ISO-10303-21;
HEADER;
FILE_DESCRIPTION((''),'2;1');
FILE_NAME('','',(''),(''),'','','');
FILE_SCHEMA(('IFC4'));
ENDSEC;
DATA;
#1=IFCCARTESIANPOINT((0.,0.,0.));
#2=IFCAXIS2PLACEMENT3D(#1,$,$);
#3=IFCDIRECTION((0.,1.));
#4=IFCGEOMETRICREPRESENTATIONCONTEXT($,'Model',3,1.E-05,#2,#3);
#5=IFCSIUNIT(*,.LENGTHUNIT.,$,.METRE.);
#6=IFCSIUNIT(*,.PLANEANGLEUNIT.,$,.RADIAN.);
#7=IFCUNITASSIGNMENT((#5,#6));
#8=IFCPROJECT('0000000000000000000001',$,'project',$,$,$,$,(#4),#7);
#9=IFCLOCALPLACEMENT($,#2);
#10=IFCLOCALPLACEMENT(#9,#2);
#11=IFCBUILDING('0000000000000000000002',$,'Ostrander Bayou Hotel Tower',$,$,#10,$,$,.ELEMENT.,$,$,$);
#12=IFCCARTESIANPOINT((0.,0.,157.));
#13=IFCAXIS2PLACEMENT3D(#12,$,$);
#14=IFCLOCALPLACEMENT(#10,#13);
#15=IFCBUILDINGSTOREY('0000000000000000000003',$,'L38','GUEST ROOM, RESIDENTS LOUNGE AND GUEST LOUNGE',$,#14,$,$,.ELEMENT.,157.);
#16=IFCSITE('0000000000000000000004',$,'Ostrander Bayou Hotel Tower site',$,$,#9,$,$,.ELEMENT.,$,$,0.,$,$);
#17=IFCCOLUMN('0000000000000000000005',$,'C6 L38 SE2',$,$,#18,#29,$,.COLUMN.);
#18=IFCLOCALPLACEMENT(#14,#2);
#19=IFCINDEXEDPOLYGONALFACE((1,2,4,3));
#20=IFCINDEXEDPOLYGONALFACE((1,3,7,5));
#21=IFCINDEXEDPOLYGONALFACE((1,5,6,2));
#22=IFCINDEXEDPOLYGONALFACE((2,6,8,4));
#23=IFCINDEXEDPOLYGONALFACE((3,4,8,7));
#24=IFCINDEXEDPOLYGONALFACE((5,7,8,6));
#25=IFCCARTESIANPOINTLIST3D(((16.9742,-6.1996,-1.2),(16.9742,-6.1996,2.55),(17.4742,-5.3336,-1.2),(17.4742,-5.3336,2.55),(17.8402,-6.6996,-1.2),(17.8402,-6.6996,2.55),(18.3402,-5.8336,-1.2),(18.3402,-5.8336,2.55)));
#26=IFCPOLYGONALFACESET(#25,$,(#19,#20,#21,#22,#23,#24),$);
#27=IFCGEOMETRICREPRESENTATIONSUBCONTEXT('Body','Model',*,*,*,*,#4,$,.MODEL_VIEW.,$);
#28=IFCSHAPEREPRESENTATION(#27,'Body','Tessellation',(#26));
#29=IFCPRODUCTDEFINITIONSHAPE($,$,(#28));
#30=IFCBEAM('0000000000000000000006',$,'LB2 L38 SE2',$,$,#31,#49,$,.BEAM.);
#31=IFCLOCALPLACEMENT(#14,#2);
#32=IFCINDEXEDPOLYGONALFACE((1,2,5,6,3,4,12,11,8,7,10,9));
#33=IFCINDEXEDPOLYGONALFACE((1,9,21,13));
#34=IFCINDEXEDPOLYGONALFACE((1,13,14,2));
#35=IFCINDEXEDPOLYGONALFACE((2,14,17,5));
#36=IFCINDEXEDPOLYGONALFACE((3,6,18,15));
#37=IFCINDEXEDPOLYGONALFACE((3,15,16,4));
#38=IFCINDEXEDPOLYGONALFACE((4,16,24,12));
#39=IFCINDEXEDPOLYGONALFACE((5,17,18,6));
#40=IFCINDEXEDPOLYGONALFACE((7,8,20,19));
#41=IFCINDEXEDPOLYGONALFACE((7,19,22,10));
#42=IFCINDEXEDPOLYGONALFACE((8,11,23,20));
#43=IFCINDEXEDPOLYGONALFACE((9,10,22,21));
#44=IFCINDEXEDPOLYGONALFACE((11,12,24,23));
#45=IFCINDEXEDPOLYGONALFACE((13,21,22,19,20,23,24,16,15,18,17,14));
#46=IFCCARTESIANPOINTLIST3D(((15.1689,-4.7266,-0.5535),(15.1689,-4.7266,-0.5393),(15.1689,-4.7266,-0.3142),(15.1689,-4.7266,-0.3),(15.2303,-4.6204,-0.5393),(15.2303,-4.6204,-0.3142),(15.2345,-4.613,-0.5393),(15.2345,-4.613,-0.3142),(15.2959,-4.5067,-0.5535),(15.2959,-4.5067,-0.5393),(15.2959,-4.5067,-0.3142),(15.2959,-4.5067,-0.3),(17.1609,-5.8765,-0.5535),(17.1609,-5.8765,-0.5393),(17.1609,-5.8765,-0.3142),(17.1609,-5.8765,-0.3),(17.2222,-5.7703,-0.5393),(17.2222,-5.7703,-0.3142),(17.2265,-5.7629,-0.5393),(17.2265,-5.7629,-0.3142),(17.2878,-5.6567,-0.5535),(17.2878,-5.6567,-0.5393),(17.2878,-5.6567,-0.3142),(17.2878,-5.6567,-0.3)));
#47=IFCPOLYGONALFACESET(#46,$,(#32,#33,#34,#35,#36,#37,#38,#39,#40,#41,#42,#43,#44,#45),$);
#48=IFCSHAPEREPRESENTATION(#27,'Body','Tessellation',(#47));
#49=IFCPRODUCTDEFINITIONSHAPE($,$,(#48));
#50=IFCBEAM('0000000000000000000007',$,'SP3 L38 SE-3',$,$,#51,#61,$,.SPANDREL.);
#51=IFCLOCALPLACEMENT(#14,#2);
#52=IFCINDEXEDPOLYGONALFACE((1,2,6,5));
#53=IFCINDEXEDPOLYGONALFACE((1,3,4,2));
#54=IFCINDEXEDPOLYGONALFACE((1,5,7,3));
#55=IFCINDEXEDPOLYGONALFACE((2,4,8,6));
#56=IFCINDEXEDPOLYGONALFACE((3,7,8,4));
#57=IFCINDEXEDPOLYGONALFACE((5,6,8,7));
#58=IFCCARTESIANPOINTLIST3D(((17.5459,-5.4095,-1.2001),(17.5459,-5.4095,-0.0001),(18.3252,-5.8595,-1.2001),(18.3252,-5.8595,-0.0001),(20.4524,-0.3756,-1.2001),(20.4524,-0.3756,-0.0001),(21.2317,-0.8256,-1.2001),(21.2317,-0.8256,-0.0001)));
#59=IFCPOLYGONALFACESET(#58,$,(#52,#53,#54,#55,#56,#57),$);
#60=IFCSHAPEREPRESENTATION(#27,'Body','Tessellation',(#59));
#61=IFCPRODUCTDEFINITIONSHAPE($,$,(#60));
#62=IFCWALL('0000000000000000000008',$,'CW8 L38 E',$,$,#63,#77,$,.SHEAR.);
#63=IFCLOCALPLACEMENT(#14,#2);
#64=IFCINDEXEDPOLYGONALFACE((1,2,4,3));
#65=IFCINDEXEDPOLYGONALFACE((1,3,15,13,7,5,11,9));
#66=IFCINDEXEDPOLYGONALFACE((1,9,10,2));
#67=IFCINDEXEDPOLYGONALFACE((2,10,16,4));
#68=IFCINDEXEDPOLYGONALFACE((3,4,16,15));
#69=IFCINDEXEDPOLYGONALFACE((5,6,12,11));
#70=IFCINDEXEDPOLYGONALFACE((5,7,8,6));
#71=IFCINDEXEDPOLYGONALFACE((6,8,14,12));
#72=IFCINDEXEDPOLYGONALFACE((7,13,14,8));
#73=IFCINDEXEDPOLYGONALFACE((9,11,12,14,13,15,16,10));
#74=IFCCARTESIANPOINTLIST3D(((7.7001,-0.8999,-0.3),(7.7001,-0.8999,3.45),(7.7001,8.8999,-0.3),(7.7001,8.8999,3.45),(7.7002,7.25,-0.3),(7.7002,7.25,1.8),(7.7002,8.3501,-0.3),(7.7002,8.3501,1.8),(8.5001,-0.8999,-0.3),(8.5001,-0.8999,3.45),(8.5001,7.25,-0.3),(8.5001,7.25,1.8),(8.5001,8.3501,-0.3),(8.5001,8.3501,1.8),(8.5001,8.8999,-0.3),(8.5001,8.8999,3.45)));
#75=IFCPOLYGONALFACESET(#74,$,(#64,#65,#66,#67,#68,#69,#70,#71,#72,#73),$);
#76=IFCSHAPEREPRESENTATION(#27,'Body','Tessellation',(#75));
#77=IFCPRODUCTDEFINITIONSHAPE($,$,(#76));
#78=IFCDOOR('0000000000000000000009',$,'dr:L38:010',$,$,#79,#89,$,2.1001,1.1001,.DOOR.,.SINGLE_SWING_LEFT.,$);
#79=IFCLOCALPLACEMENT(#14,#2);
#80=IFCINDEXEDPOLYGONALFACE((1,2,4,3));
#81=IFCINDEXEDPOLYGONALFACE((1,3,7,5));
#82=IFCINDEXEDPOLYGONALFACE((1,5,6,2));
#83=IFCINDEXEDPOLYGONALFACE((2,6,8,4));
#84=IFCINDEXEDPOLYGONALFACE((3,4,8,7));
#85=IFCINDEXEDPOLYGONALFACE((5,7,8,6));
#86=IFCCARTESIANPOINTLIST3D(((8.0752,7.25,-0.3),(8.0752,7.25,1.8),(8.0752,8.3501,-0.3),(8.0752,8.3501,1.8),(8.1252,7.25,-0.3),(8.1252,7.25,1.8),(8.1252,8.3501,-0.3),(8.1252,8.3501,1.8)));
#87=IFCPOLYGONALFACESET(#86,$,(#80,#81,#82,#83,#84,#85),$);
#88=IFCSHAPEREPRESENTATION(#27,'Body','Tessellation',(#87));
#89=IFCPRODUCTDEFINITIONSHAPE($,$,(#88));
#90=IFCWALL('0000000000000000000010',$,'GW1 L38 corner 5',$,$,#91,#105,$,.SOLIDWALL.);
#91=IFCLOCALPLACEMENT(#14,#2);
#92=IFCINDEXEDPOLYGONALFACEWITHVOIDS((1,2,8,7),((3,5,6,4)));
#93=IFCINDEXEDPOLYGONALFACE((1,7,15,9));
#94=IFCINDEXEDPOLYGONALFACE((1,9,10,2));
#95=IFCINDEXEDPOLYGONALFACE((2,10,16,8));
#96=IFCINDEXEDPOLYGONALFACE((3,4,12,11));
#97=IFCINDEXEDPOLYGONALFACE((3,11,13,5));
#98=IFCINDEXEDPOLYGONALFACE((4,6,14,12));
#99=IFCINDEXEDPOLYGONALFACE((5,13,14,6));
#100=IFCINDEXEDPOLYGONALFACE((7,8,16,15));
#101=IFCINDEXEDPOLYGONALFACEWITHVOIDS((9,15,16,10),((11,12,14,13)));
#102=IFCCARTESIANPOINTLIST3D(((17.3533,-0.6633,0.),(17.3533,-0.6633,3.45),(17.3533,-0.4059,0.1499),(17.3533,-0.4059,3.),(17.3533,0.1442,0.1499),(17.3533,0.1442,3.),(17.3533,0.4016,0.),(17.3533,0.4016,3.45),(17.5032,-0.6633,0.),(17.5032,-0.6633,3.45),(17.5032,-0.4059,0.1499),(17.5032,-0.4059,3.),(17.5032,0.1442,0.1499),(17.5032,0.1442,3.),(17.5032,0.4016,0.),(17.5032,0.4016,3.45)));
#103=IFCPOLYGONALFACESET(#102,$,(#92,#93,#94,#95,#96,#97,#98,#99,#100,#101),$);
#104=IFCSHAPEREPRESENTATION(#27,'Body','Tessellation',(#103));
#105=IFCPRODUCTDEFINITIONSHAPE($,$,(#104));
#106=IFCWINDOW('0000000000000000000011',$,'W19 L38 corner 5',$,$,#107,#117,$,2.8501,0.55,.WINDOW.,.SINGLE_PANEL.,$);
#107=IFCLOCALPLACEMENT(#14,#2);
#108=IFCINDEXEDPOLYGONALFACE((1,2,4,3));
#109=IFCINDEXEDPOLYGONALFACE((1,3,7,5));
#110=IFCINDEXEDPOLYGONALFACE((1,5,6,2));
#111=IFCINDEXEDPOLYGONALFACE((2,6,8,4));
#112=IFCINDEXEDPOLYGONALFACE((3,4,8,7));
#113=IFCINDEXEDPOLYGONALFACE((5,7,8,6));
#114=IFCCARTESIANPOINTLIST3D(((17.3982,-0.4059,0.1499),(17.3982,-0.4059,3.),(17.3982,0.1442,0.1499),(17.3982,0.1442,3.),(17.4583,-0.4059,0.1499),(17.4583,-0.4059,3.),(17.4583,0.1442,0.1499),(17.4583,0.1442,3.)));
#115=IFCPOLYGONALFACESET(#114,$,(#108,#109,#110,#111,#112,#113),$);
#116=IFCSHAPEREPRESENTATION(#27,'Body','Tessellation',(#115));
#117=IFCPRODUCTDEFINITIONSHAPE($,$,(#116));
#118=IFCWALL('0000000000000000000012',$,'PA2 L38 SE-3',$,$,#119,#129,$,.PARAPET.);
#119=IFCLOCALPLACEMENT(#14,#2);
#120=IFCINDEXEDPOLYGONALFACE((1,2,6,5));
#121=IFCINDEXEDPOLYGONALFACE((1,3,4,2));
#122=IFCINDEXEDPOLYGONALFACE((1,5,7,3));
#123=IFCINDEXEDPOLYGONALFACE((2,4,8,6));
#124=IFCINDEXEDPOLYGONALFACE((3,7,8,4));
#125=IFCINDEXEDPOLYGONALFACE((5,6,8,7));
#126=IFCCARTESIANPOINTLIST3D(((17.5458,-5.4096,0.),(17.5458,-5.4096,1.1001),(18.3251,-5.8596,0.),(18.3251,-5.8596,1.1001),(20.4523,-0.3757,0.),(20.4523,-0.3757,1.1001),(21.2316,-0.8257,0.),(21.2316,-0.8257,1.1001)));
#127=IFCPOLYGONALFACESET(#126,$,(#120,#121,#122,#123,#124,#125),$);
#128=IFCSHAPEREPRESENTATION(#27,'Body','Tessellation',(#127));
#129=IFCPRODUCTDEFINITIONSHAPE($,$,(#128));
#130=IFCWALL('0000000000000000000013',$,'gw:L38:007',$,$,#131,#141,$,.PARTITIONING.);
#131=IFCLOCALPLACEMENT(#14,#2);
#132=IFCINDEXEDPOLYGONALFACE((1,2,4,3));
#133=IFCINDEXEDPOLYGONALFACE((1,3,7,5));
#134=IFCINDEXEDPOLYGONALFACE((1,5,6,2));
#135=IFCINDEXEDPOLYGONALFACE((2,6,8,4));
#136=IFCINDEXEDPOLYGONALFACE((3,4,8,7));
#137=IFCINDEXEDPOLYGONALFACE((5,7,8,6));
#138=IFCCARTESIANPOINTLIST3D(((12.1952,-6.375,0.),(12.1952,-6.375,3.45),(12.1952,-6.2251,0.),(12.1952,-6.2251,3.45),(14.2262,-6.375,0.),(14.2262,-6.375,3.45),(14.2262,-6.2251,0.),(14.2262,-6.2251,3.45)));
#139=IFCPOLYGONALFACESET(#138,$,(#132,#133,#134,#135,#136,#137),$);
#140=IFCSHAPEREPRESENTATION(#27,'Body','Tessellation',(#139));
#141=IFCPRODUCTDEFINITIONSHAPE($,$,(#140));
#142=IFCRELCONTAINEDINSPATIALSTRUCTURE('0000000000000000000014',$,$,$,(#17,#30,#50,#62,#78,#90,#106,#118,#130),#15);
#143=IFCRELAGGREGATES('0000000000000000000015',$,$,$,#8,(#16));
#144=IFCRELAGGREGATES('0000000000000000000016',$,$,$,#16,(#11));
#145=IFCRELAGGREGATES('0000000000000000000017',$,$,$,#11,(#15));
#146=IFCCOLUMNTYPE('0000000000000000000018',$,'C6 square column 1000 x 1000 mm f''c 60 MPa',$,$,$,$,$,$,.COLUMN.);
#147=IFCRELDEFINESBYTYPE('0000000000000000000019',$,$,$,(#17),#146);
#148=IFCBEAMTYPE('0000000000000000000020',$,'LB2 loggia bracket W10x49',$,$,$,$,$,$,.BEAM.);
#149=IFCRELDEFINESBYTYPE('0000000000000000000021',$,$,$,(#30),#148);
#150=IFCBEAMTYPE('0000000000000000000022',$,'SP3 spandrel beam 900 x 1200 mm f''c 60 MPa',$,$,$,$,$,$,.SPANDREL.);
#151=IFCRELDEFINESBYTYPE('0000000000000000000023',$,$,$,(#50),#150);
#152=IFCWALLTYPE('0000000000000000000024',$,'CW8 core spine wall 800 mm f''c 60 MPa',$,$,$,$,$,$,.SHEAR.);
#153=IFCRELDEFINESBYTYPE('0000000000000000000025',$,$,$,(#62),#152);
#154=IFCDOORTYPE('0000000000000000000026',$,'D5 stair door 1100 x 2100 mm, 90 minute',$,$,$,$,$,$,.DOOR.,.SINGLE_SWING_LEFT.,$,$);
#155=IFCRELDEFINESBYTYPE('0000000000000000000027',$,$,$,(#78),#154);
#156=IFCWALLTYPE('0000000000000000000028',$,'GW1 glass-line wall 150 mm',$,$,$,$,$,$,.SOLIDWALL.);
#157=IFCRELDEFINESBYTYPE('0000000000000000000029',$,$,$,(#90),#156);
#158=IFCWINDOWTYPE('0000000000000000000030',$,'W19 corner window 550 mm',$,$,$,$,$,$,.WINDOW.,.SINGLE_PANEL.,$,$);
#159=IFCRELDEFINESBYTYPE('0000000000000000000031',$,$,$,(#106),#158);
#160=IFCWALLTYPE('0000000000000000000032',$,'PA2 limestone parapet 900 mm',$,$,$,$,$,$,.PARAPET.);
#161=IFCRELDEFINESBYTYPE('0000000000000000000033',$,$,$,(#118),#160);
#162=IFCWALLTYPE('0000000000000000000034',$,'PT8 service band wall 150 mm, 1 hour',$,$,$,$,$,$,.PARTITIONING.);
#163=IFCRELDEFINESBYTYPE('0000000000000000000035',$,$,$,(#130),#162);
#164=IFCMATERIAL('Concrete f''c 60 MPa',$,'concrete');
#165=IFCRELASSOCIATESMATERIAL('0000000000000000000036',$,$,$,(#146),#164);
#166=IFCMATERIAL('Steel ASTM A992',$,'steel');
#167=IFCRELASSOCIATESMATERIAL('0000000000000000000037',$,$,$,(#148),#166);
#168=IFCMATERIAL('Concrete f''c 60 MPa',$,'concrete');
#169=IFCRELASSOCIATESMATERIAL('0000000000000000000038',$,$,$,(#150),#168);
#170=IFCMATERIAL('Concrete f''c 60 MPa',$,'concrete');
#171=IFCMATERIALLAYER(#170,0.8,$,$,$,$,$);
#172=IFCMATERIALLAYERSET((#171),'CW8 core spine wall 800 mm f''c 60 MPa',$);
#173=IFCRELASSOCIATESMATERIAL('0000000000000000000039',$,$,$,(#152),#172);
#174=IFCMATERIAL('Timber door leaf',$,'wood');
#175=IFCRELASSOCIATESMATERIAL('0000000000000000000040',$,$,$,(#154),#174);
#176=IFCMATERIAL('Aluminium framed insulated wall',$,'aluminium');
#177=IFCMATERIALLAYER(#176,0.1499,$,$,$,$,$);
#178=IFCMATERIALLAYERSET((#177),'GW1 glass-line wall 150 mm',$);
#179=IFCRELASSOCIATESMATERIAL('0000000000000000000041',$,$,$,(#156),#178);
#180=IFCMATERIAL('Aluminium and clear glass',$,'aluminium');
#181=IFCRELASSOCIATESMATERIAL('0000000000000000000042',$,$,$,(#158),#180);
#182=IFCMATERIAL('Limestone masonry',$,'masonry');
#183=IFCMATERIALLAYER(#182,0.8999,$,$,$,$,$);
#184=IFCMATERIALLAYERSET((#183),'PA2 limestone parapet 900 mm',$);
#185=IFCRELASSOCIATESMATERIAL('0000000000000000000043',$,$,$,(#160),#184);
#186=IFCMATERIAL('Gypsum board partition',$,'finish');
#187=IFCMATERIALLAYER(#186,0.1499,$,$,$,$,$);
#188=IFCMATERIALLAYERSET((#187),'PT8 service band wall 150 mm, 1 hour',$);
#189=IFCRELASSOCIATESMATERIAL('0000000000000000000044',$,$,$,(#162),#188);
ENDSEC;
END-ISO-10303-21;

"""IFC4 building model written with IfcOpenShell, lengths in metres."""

from ifc_helpers import new_model, si_unit, direction, frame, frame_2d, origin, origin_2d, place, context, subcontext, project, spatial, rectangle, i_section, extrude, material, layer, layer_set, material_profile, profile_set, type_object, element, fill, save


model = new_model("IFC4")

# Units and contexts
model_context = context("Model", 3, precision=1e-05, world=origin(), true_north=direction((0.0, 1.0)))
body_context = subcontext(model_context, "Body", "Model", "MODEL_VIEW")
ifc_project = project(units=[si_unit("LENGTHUNIT", "METRE"), si_unit("PLANEANGLEUNIT", "RADIAN")], contexts=[model_context])

# Site, building, storey
site_placement = place(None, origin())
site = spatial("IfcSite", under=ifc_project, at=site_placement, Name="Ostrander Bayou Hotel Tower site", CompositionType="ELEMENT", RefElevation=0.0)
building_placement = place(site_placement, origin())
building = spatial("IfcBuilding", under=site, at=building_placement, Name="Ostrander Bayou Hotel Tower", CompositionType="ELEMENT")
storey_placement = place(building_placement, frame((0.0, 0.0, 157.0)))
storey = spatial("IfcBuildingStorey", under=building, at=storey_placement, Name="L38", Description="GUEST ROOM, RESIDENTS LOUNGE AND GUEST LOUNGE", CompositionType="ELEMENT", Elevation=157.0)

# Column
ifc_material_1 = material(Name="Concrete f'c 60 MPa", Category="concrete")
ifc_material_profile_1 = material_profile(ifc_material_1, rectangle(XDim=1.0, YDim=1.0, at=origin_2d()))
ifc_profile_set_1 = profile_set([ifc_material_profile_1], Name="Concrete f'c 60 MPa")
column_type = type_object("IfcColumnType", Name="C6 square column 1000 x 1000 mm f'c 60 MPa", PredefinedType="COLUMN", material=ifc_profile_set_1)
column_placement = place(storey_placement, frame((17.6572, -6.0166, -1.2), z_axis=(0.0, 0.0, 1.0), x_axis=(-0.5, -0.866025, 0.0)))
element("IfcColumn", 1, at=column_placement, inside=storey, type_object=column_type, Name="C6 L38 SE2", PredefinedType="COLUMN", context=body_context, shape_type="SweptSolid", body=[
    extrude(rectangle(XDim=1.0, YDim=1.0, at=origin_2d()), origin(), (0.0, 0.0, 1.0), 3.75),
])

# Beams
ifc_material_2 = material(Name="Steel ASTM A992", Category="steel")
ifc_material_profile_2 = material_profile(ifc_material_2, i_section(OverallWidth=0.2539, OverallDepth=0.2534, WebThickness=0.0085, FlangeThickness=0.0142, at=origin_2d()))
ifc_profile_set_2 = profile_set([ifc_material_profile_2], Name="Steel ASTM A992")
beam_type_1 = type_object("IfcBeamType", Name="LB2 loggia bracket W10x49", PredefinedType="BEAM", material=ifc_profile_set_2)
beam_1_placement = place(storey_placement, frame((17.2244, -5.7666, -0.4268), z_axis=(-0.866053, 0.499952, 0.0), x_axis=(-0.499952, -0.866053, 0.0)))
element("IfcBeam", 2, at=beam_1_placement, inside=storey, type_object=beam_type_1, Name="LB2 L38 SE2", PredefinedType="BEAM", context=body_context, shape_type="SweptSolid", body=[
    extrude(i_section(OverallWidth=0.2539, OverallDepth=0.2534, WebThickness=0.0085, FlangeThickness=0.0142, at=origin_2d()), origin(), (0.0, 0.0, 1.0), 2.3),
])
ifc_material_3 = material(Name="Concrete f'c 60 MPa", Category="concrete")
ifc_material_profile_3 = material_profile(ifc_material_3, rectangle(XDim=0.8999, YDim=1.2, at=origin_2d()))
ifc_profile_set_3 = profile_set([ifc_material_profile_3], Name="Concrete f'c 60 MPa")
beam_type_2 = type_object("IfcBeamType", Name="SP3 spandrel beam 900 x 1200 mm f'c 60 MPa", PredefinedType="SPANDREL", material=ifc_profile_set_3)
beam_2_placement = place(storey_placement, frame((17.9355, -5.6345, -0.6001), z_axis=(0.500019, 0.866014, 0.0), x_axis=(-0.866014, 0.500019, 0.0)))
element("IfcBeam", 3, at=beam_2_placement, inside=storey, type_object=beam_type_2, Name="SP3 L38 SE-3", PredefinedType="SPANDREL", context=body_context, shape_type="SweptSolid", body=[
    extrude(rectangle(XDim=0.8999, YDim=1.2, at=origin_2d()), origin(), (0.0, 0.0, 1.0), 5.8127),
])

# Wall, opening, door
ifc_material_4 = material(Name="Concrete f'c 60 MPa", Category="concrete")
ifc_layer_1 = layer(ifc_material_4, 0.8)
ifc_layer_set_1 = layer_set([ifc_layer_1], Name="CW8 core spine wall 800 mm f'c 60 MPa")
wall_type_1 = type_object("IfcWallType", Name="CW8 core spine wall 800 mm f'c 60 MPa", PredefinedType="SHEAR", material=ifc_layer_set_1)
wall_1_placement = place(storey_placement, frame((8.1001, -0.8999, -0.3), z_axis=(0.0, 0.0, 1.0), x_axis=(0.0, 1.0, 0.0)))
wall_1 = element("IfcWall", 4, at=wall_1_placement, inside=storey, type_object=wall_type_1, Name="CW8 L38 E", PredefinedType="SHEAR", context=body_context, shape_type="SweptSolid", body=[
    extrude(rectangle(XDim=9.7998, YDim=0.8, at=frame_2d((4.8999, 0.0))), origin(), (0.0, 0.0, 1.0), 3.75),
])
opening_1_placement = place(wall_1_placement, frame((8.1499, 0.0, 0.0)))
opening_1 = element("IfcOpeningElement", 5, at=opening_1_placement, cuts=wall_1, PredefinedType="OPENING", context=body_context, shape_type="SweptSolid", body=[
    extrude(rectangle(XDim=1.1001, YDim=2.1001, at=frame_2d((0.55, 1.05))), frame((0.0, 0.3999, 0.0), z_axis=(0.0, -1.0, 0.0), x_axis=(1.0, 0.0, 0.0)), (0.0, 0.0, 1.0), 0.8),
])
ifc_material_5 = material(Name="Timber door leaf", Category="wood")
door_type_1 = type_object("IfcDoorType", Name="D5 stair door 1100 x 2100 mm, 90 minute", OperationType="SINGLE_SWING_LEFT", PredefinedType="DOOR", material=ifc_material_5)
door_1_placement = place(opening_1_placement, origin())
door_1 = element("IfcDoor", 6, at=door_1_placement, inside=storey, type_object=door_type_1, Name="dr:L38:010", OperationType="SINGLE_SWING_LEFT", OverallHeight=2.1001, OverallWidth=1.1001, PredefinedType="DOOR", context=body_context, shape_type="SweptSolid", body=[
    extrude(rectangle(XDim=1.1001, YDim=2.1001, at=frame_2d((0.55, 1.05))), frame((0.0, 0.0249, 0.0), z_axis=(0.0, -1.0, 0.0), x_axis=(1.0, 0.0, 0.0)), (0.0, 0.0, 1.0), 0.05),
])
fill(opening_1, door_1)

# Wall, opening, window
ifc_material_6 = material(Name="Aluminium framed insulated wall", Category="aluminium")
ifc_layer_2 = layer(ifc_material_6, 0.1499)
ifc_layer_set_2 = layer_set([ifc_layer_2], Name="GW1 glass-line wall 150 mm")
wall_type_2 = type_object("IfcWallType", Name="GW1 glass-line wall 150 mm", PredefinedType="SOLIDWALL", material=ifc_layer_set_2)
wall_2_placement = place(storey_placement, frame((17.4282, -0.6633, 0.0), z_axis=(0.0, 0.0, 1.0), x_axis=(0.0, 1.0, 0.0)))
wall_2 = element("IfcWall", 7, at=wall_2_placement, inside=storey, type_object=wall_type_2, Name="GW1 L38 corner 5", PredefinedType="SOLIDWALL", context=body_context, shape_type="SweptSolid", body=[
    extrude(rectangle(XDim=1.0649, YDim=0.1499, at=frame_2d((0.5325, 0.0))), origin(), (0.0, 0.0, 1.0), 3.45),
])
opening_2_placement = place(wall_2_placement, frame((0.2576, 0.0, 0.1499)))
opening_2 = element("IfcOpeningElement", 8, at=opening_2_placement, cuts=wall_2, PredefinedType="OPENING", context=body_context, shape_type="SweptSolid", body=[
    extrude(rectangle(XDim=0.55, YDim=2.8501, at=frame_2d((0.2749, 1.425))), frame((0.0, 0.075, 0.0), z_axis=(0.0, -1.0, 0.0), x_axis=(1.0, 0.0, 0.0)), (0.0, 0.0, 1.0), 0.1499),
])
ifc_material_7 = material(Name="Aluminium and clear glass", Category="aluminium")
window_type = type_object("IfcWindowType", Name="W19 corner window 550 mm", PartitioningType="SINGLE_PANEL", PredefinedType="WINDOW", material=ifc_material_7)
window_placement = place(opening_2_placement, origin())
window = element("IfcWindow", 9, at=window_placement, inside=storey, type_object=window_type, Name="W19 L38 corner 5", OverallHeight=2.8501, OverallWidth=0.55, PartitioningType="SINGLE_PANEL", PredefinedType="WINDOW", context=body_context, shape_type="SweptSolid", body=[
    extrude(rectangle(XDim=0.55, YDim=2.8501, at=frame_2d((0.2749, 1.425))), frame((0.0, 0.03, 0.0), z_axis=(0.0, -1.0, 0.0), x_axis=(1.0, 0.0, 0.0)), (0.0, 0.0, 1.0), 0.0601),
])
fill(opening_2, window)

# Walls
ifc_material_8 = material(Name="Limestone masonry", Category="masonry")
ifc_layer_3 = layer(ifc_material_8, 0.8999)
ifc_layer_set_3 = layer_set([ifc_layer_3], Name="PA2 limestone parapet 900 mm")
wall_type_3 = type_object("IfcWallType", Name="PA2 limestone parapet 900 mm", PredefinedType="PARAPET", material=ifc_layer_set_3)
wall_3_placement = place(storey_placement, frame((17.9355, -5.6345, 0.0), z_axis=(0.0, 0.0, 1.0), x_axis=(0.500019, 0.866014, 0.0)))
element("IfcWall", 10, at=wall_3_placement, inside=storey, type_object=wall_type_3, Name="PA2 L38 SE-3", PredefinedType="PARAPET", context=body_context, shape_type="SweptSolid", body=[
    extrude(rectangle(XDim=5.8127, YDim=0.8999, at=frame_2d((2.9062, 0.0))), origin(), (0.0, 0.0, 1.0), 1.1001),
])
ifc_material_9 = material(Name="Gypsum board partition", Category="finish")
ifc_layer_4 = layer(ifc_material_9, 0.1499)
ifc_layer_set_4 = layer_set([ifc_layer_4], Name="PT8 service band wall 150 mm, 1 hour")
wall_type_4 = type_object("IfcWallType", Name="PT8 service band wall 150 mm, 1 hour", PredefinedType="PARTITIONING", material=ifc_layer_set_4)
wall_4_placement = place(storey_placement, frame((12.1951, -6.3, 0.0), z_axis=(0.0, 0.0, 1.0), x_axis=(1.0, 0.0, 0.0)))
element("IfcWall", 11, at=wall_4_placement, inside=storey, type_object=wall_type_4, Name="gw:L38:007", PredefinedType="PARTITIONING", context=body_context, shape_type="SweptSolid", body=[
    extrude(rectangle(XDim=2.031, YDim=0.1499, at=frame_2d((1.0156, 0.0))), origin(), (0.0, 0.0, 1.0), 3.45),
])

save(model, "model.ifc")
